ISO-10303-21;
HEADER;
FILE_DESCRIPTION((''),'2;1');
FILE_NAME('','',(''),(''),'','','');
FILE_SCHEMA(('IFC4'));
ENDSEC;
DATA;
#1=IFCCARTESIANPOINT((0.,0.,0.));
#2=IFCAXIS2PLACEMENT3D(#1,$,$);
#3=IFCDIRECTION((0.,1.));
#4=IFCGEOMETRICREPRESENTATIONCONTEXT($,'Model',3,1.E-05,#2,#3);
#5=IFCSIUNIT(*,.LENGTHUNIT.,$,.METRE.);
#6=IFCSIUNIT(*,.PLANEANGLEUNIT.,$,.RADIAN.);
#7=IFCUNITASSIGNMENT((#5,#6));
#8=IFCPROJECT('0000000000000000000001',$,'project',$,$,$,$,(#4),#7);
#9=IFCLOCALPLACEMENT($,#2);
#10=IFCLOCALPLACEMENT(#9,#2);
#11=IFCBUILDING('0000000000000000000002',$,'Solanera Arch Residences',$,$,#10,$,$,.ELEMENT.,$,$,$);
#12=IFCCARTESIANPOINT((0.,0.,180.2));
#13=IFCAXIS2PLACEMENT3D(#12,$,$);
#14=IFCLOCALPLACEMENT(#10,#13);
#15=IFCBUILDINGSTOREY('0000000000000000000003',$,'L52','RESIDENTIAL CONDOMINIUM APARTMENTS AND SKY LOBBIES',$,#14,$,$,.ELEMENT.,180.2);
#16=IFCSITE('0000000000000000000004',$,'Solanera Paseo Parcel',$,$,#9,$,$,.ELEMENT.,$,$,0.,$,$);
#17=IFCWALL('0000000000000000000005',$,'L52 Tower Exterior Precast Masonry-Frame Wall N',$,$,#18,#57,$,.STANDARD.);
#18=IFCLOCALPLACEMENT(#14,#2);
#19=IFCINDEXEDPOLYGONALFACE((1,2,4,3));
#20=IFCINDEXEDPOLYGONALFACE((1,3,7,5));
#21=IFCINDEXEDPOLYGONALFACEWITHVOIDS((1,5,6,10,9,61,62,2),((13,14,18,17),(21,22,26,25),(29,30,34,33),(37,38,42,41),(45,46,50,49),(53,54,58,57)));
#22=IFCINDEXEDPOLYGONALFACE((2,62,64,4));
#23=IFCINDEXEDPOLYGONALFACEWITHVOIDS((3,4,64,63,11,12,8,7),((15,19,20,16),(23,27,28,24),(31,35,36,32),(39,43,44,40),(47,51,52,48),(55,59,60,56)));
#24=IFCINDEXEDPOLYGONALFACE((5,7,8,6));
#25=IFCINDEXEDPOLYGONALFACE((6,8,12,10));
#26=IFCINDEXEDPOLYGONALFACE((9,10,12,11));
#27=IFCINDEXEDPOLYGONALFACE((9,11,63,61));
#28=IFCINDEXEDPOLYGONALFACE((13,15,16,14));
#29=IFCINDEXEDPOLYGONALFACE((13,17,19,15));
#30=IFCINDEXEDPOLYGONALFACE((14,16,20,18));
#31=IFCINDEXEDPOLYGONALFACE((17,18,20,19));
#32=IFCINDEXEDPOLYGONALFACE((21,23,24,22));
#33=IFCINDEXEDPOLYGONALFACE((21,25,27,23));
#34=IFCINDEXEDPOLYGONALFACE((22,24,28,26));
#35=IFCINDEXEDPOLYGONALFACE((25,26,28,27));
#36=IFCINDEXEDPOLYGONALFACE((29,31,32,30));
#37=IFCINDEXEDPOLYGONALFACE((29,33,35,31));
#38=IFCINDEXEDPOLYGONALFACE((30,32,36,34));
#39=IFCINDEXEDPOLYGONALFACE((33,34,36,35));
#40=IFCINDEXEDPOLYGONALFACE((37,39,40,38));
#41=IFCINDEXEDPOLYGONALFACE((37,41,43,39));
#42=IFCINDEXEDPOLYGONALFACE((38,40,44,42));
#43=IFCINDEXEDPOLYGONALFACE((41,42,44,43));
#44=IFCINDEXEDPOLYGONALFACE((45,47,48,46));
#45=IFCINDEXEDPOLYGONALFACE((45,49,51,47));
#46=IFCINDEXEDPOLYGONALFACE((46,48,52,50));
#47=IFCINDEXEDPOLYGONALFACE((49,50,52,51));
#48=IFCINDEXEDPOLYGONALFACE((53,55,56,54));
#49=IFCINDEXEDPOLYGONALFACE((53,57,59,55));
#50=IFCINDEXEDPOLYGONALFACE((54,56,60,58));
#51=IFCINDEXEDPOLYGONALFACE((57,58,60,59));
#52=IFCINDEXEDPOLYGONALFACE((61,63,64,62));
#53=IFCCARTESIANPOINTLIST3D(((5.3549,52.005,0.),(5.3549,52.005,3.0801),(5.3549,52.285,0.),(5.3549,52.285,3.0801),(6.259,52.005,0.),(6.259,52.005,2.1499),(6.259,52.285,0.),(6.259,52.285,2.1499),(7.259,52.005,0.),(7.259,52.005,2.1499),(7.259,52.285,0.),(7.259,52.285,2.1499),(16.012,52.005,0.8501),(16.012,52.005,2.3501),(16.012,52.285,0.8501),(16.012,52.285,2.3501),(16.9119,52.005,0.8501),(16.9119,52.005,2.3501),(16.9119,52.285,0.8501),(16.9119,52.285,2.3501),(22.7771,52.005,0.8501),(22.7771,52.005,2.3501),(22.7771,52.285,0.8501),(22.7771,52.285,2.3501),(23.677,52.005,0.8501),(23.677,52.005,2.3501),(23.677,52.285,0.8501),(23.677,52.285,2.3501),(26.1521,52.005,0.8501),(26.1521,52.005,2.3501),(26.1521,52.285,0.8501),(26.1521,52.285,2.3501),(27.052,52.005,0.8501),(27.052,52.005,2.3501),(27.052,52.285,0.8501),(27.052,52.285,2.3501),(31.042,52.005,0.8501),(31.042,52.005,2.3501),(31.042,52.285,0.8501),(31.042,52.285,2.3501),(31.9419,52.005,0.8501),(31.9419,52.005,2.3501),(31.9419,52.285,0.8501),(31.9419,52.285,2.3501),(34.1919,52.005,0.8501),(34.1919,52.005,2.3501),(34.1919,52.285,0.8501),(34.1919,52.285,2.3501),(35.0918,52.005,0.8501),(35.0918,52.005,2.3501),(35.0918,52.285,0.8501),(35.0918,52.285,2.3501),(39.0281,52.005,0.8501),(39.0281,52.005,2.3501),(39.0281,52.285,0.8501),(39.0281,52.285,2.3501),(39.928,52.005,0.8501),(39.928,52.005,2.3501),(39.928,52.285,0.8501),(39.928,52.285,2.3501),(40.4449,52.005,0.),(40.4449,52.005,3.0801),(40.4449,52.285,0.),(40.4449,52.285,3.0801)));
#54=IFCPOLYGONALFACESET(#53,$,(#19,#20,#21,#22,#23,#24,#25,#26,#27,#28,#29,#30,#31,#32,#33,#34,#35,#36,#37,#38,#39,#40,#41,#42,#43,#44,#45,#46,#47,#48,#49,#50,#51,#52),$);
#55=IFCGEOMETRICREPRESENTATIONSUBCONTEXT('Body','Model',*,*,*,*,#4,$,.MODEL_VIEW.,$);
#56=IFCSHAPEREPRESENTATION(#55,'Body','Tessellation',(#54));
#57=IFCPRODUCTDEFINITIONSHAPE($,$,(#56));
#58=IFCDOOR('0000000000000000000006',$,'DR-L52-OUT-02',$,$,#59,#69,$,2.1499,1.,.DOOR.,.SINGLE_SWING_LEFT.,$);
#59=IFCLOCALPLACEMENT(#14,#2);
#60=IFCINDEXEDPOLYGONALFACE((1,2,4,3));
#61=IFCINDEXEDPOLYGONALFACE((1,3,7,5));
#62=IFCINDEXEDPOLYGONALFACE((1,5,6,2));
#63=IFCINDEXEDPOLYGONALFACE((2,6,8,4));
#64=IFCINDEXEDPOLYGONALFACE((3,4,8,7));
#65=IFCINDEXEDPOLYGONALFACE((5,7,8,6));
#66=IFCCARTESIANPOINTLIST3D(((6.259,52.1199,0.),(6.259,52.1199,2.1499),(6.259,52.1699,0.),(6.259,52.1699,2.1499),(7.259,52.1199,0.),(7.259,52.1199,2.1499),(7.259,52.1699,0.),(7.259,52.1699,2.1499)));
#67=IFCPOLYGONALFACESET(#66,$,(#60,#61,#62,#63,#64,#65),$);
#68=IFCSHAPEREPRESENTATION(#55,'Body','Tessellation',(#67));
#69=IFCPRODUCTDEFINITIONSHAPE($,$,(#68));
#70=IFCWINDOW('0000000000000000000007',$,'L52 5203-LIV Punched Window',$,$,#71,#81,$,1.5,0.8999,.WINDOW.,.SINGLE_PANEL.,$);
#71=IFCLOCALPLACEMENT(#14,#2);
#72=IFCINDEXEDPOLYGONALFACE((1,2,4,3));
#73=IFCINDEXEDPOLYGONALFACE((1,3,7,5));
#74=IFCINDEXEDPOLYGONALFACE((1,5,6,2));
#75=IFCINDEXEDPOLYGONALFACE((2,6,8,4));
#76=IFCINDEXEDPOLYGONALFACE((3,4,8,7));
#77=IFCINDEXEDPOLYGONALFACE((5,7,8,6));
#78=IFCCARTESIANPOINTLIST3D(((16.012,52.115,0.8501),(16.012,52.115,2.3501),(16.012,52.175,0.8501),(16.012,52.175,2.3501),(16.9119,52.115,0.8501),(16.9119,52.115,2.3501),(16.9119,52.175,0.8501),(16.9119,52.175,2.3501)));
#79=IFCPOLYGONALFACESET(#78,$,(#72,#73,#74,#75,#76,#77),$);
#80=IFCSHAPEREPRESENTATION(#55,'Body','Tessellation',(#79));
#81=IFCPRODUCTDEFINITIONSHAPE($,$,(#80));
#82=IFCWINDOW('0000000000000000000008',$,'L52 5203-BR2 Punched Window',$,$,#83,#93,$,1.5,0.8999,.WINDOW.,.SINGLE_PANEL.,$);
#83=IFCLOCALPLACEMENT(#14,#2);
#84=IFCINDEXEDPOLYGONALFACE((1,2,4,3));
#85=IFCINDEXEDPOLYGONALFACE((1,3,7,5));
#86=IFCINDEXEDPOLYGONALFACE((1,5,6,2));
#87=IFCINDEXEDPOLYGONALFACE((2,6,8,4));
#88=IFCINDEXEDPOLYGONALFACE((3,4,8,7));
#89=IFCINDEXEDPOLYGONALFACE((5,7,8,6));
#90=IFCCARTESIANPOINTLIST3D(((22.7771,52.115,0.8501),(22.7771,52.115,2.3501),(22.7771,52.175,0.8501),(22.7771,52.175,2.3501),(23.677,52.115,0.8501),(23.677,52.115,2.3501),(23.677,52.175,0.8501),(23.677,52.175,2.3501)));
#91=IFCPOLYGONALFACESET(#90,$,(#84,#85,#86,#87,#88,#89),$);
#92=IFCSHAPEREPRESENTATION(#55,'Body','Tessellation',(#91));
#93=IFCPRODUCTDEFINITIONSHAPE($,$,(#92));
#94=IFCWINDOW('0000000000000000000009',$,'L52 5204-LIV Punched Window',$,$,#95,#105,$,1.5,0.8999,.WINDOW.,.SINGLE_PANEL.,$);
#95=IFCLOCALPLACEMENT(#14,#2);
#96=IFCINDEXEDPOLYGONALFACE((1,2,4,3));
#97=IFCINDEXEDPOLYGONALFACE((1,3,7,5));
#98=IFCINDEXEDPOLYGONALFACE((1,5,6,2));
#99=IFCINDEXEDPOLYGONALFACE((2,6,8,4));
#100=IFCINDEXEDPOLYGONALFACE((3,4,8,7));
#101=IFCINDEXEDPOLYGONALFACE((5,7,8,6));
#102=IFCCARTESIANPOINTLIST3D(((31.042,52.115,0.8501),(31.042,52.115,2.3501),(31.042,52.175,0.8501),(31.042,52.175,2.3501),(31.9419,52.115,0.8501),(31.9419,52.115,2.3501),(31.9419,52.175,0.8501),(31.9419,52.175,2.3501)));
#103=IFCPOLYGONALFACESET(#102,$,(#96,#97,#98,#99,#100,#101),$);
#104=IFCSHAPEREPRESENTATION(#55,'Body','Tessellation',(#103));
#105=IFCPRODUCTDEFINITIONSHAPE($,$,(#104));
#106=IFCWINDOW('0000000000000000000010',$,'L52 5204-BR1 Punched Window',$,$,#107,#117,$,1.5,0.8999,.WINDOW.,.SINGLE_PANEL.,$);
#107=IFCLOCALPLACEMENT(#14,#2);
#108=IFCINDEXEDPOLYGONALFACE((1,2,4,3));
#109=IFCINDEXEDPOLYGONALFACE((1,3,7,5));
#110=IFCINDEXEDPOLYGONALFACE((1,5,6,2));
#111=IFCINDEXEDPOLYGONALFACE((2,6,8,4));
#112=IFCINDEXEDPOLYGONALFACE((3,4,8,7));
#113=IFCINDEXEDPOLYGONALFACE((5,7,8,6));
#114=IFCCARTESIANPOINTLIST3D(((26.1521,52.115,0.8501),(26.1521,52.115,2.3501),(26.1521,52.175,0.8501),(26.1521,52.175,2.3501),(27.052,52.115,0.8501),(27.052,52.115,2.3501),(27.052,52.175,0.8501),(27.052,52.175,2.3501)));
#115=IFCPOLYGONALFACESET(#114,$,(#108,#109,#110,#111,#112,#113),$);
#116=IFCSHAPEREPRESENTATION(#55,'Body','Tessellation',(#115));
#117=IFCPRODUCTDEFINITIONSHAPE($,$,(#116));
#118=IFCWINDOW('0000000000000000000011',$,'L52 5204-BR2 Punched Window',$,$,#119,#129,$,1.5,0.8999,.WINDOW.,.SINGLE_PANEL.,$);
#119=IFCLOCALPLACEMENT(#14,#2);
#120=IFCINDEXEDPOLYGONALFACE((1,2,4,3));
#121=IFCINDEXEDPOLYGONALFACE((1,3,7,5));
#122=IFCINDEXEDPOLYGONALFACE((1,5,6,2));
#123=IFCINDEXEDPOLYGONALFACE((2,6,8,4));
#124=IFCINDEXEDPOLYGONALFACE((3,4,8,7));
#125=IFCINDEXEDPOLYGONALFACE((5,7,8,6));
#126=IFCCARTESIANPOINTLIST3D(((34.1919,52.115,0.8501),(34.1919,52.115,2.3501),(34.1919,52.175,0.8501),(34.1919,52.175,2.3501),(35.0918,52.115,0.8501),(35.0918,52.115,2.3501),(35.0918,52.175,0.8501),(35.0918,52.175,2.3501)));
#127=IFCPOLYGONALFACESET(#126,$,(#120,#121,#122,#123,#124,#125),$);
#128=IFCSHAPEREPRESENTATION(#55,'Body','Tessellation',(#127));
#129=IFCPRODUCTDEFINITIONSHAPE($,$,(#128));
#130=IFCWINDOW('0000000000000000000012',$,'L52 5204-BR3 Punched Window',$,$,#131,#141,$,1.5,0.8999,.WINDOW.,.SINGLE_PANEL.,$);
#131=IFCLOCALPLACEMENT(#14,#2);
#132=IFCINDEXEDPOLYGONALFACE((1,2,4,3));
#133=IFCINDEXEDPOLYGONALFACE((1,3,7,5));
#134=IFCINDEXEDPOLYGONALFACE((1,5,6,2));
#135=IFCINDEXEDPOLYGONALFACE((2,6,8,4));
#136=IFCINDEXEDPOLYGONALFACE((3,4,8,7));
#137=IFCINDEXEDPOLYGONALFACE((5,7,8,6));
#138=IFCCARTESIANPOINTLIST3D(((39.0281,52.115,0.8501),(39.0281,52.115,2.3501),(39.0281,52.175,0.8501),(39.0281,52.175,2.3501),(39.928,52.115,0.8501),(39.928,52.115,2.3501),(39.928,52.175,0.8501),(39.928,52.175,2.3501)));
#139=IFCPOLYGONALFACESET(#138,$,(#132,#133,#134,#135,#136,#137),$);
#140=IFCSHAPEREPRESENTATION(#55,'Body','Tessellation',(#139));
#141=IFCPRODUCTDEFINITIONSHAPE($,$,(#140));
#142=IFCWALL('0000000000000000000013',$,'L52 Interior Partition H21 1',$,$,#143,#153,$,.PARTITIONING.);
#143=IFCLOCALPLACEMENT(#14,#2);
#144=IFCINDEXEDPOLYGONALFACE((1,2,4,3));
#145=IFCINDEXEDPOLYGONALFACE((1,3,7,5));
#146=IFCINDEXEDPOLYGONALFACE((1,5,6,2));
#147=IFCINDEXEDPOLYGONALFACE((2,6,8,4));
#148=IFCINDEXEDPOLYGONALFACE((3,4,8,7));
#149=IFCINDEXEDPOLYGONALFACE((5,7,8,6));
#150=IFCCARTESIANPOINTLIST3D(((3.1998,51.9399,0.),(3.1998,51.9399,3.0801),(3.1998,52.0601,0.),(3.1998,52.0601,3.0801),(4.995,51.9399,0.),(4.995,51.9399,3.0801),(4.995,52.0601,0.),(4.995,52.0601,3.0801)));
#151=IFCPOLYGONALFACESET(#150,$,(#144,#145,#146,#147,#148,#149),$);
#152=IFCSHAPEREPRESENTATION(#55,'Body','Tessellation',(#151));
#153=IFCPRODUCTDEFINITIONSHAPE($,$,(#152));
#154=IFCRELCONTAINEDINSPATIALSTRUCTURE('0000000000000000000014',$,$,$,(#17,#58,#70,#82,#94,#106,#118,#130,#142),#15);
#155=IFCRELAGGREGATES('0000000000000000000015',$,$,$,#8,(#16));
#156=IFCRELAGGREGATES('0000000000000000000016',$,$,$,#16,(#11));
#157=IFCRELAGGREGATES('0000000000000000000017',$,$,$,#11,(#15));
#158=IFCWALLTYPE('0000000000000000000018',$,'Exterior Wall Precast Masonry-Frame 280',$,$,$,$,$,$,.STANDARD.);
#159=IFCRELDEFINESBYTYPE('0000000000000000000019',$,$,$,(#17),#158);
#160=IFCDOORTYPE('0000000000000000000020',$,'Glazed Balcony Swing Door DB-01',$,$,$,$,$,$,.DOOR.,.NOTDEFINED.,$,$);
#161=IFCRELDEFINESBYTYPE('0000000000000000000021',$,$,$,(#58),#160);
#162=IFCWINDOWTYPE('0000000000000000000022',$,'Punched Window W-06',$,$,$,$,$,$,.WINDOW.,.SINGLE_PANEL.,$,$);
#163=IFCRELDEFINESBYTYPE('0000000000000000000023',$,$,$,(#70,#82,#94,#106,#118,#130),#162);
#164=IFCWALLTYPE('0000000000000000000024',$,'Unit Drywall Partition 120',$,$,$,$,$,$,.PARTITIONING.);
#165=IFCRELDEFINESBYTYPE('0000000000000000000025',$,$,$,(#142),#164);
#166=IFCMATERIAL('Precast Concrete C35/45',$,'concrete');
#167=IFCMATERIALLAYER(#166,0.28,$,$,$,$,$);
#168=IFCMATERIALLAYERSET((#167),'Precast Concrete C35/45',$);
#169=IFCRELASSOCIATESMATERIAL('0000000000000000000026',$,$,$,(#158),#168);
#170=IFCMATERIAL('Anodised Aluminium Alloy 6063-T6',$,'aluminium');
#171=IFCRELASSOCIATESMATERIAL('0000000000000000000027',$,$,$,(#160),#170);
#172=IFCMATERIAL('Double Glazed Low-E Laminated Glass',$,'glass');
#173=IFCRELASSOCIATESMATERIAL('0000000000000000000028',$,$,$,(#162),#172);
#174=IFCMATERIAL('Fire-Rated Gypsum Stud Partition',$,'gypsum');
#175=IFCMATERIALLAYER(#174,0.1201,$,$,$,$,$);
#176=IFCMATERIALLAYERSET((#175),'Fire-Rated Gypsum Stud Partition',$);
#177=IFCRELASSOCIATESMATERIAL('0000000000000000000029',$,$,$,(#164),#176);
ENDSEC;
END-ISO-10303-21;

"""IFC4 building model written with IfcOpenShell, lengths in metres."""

from ifc_helpers import new_model, si_unit, direction, frame, frame_2d, origin, place, context, subcontext, project, spatial, rectangle, extrude, material, layer, layer_set, type_object, element, fill, save


model = new_model("IFC4")

# Units and contexts
model_context = context("Model", 3, precision=1e-05, world=origin(), true_north=direction((0.0, 1.0)))
body_context = subcontext(model_context, "Body", "Model", "MODEL_VIEW")
ifc_project = project(units=[si_unit("LENGTHUNIT", "METRE"), si_unit("PLANEANGLEUNIT", "RADIAN")], contexts=[model_context])

# Site, building, storey
site_placement = place(None, origin())
site = spatial("IfcSite", under=ifc_project, at=site_placement, Name="Solanera Paseo Parcel", CompositionType="ELEMENT", RefElevation=0.0)
building_placement = place(site_placement, origin())
building = spatial("IfcBuilding", under=site, at=building_placement, Name="Solanera Arch Residences", CompositionType="ELEMENT")
storey_placement = place(building_placement, frame((0.0, 0.0, 180.2)))
storey = spatial("IfcBuildingStorey", under=building, at=storey_placement, Name="L52", Description="RESIDENTIAL CONDOMINIUM APARTMENTS AND SKY LOBBIES", CompositionType="ELEMENT", Elevation=180.2)

# Shared definitions
ifc_material_1 = material(Name="Precast Concrete C35/45", Category="concrete")
ifc_layer_1 = layer(ifc_material_1, 0.28)
ifc_layer_set_1 = layer_set([ifc_layer_1], Name="Precast Concrete C35/45")
wall_type_1 = type_object("IfcWallType", Name="Exterior Wall Precast Masonry-Frame 280", PredefinedType="STANDARD", material=ifc_layer_set_1)

# Wall, openings, door, windows
wall_1_placement = place(storey_placement, frame((5.355, 52.145, 0.0), z_axis=(0.0, 0.0, 1.0), x_axis=(1.0, 0.0, 0.0)))
wall_1 = element("IfcWall", 1, at=wall_1_placement, inside=storey, type_object=wall_type_1, Name="L52 Tower Exterior Precast Masonry-Frame Wall N", PredefinedType="STANDARD", context=body_context, shape_type="SweptSolid", body=[
    extrude(rectangle(XDim=35.0901, YDim=0.28, at=frame_2d((17.5449, 0.0))), origin(), (0.0, 0.0, 1.0), 3.0801),
])
opening_1_placement = place(wall_1_placement, frame((0.9041, 0.0, 0.0)))
opening_1 = element("IfcOpeningElement", 2, at=opening_1_placement, cuts=wall_1, PredefinedType="OPENING", context=body_context, shape_type="SweptSolid", body=[
    extrude(rectangle(XDim=1.0, YDim=2.1499, at=frame_2d((0.5, 1.075))), frame((0.0, 0.1499, 0.0), z_axis=(0.0, -1.0, 0.0), x_axis=(1.0, 0.0, 0.0)), (0.0, 0.0, 1.0), 0.3),
])
opening_2_placement = place(wall_1_placement, frame((10.657, 0.0, 0.8501)))
opening_2 = element("IfcOpeningElement", 3, at=opening_2_placement, cuts=wall_1, PredefinedType="OPENING", context=body_context, shape_type="SweptSolid", body=[
    extrude(rectangle(XDim=0.8999, YDim=1.5, at=frame_2d((0.45, 0.75))), frame((0.0, 0.1499, 0.0), z_axis=(0.0, -1.0, 0.0), x_axis=(1.0, 0.0, 0.0)), (0.0, 0.0, 1.0), 0.3),
])
opening_3_placement = place(wall_1_placement, frame((17.4221, 0.0, 0.8501)))
opening_3 = element("IfcOpeningElement", 4, at=opening_3_placement, cuts=wall_1, PredefinedType="OPENING", context=body_context, shape_type="SweptSolid", body=[
    extrude(rectangle(XDim=0.8999, YDim=1.5, at=frame_2d((0.45, 0.75))), frame((0.0, 0.1499, 0.0), z_axis=(0.0, -1.0, 0.0), x_axis=(1.0, 0.0, 0.0)), (0.0, 0.0, 1.0), 0.3),
])
opening_4_placement = place(wall_1_placement, frame((25.687, 0.0, 0.8501)))
opening_4 = element("IfcOpeningElement", 5, at=opening_4_placement, cuts=wall_1, PredefinedType="OPENING", context=body_context, shape_type="SweptSolid", body=[
    extrude(rectangle(XDim=0.8999, YDim=1.5, at=frame_2d((0.45, 0.75))), frame((0.0, 0.1499, 0.0), z_axis=(0.0, -1.0, 0.0), x_axis=(1.0, 0.0, 0.0)), (0.0, 0.0, 1.0), 0.3),
])
opening_5_placement = place(wall_1_placement, frame((20.7971, 0.0, 0.8501)))
opening_5 = element("IfcOpeningElement", 6, at=opening_5_placement, cuts=wall_1, PredefinedType="OPENING", context=body_context, shape_type="SweptSolid", body=[
    extrude(rectangle(XDim=0.8999, YDim=1.5, at=frame_2d((0.45, 0.75))), frame((0.0, 0.1499, 0.0), z_axis=(0.0, -1.0, 0.0), x_axis=(1.0, 0.0, 0.0)), (0.0, 0.0, 1.0), 0.3),
])
opening_6_placement = place(wall_1_placement, frame((28.8369, 0.0, 0.8501)))
opening_6 = element("IfcOpeningElement", 7, at=opening_6_placement, cuts=wall_1, PredefinedType="OPENING", context=body_context, shape_type="SweptSolid", body=[
    extrude(rectangle(XDim=0.8999, YDim=1.5, at=frame_2d((0.45, 0.75))), frame((0.0, 0.1499, 0.0), z_axis=(0.0, -1.0, 0.0), x_axis=(1.0, 0.0, 0.0)), (0.0, 0.0, 1.0), 0.3),
])
opening_7_placement = place(wall_1_placement, frame((33.6731, 0.0, 0.8501)))
opening_7 = element("IfcOpeningElement", 8, at=opening_7_placement, cuts=wall_1, PredefinedType="OPENING", context=body_context, shape_type="SweptSolid", body=[
    extrude(rectangle(XDim=0.8999, YDim=1.5, at=frame_2d((0.45, 0.75))), frame((0.0, 0.1499, 0.0), z_axis=(0.0, -1.0, 0.0), x_axis=(1.0, 0.0, 0.0)), (0.0, 0.0, 1.0), 0.3),
])
ifc_material_2 = material(Name="Anodised Aluminium Alloy 6063-T6", Category="aluminium")
door_type_1 = type_object("IfcDoorType", Name="Glazed Balcony Swing Door DB-01", OperationType="NOTDEFINED", PredefinedType="DOOR", material=ifc_material_2)
door_1_placement = place(opening_1_placement, origin())
door_1 = element("IfcDoor", 9, at=door_1_placement, inside=storey, type_object=door_type_1, Name="DR-L52-OUT-02", OperationType="SINGLE_SWING_LEFT", OverallHeight=2.1499, OverallWidth=1.0, PredefinedType="DOOR", context=body_context, shape_type="SweptSolid", body=[
    extrude(rectangle(XDim=1.0, YDim=2.1499, at=frame_2d((0.5, 1.075))), frame((0.0, 0.0249, 0.0), z_axis=(0.0, -1.0, 0.0), x_axis=(1.0, 0.0, 0.0)), (0.0, 0.0, 1.0), 0.05),
])
fill(opening_1, door_1)
ifc_material_3 = material(Name="Double Glazed Low-E Laminated Glass", Category="glass")
window_type = type_object("IfcWindowType", Name="Punched Window W-06", PartitioningType="SINGLE_PANEL", PredefinedType="WINDOW", material=ifc_material_3)
window_1_placement = place(opening_2_placement, origin())
window_1 = element("IfcWindow", 10, at=window_1_placement, inside=storey, type_object=window_type, Name="L52 5203-LIV Punched Window", OverallHeight=1.5, OverallWidth=0.8999, PartitioningType="SINGLE_PANEL", PredefinedType="WINDOW", context=body_context, shape_type="SweptSolid", body=[
    extrude(rectangle(XDim=0.8999, YDim=1.5, at=frame_2d((0.45, 0.75))), frame((0.0, 0.03, 0.0), z_axis=(0.0, -1.0, 0.0), x_axis=(1.0, 0.0, 0.0)), (0.0, 0.0, 1.0), 0.0601),
])
fill(opening_2, window_1)
window_2_placement = place(opening_3_placement, origin())
window_2 = element("IfcWindow", 11, at=window_2_placement, inside=storey, type_object=window_type, Name="L52 5203-BR2 Punched Window", OverallHeight=1.5, OverallWidth=0.8999, PartitioningType="SINGLE_PANEL", PredefinedType="WINDOW", context=body_context, shape_type="SweptSolid", body=[
    extrude(rectangle(XDim=0.8999, YDim=1.5, at=frame_2d((0.45, 0.75))), frame((0.0, 0.03, 0.0), z_axis=(0.0, -1.0, 0.0), x_axis=(1.0, 0.0, 0.0)), (0.0, 0.0, 1.0), 0.0601),
])
fill(opening_3, window_2)
window_3_placement = place(opening_4_placement, origin())
window_3 = element("IfcWindow", 12, at=window_3_placement, inside=storey, type_object=window_type, Name="L52 5204-LIV Punched Window", OverallHeight=1.5, OverallWidth=0.8999, PartitioningType="SINGLE_PANEL", PredefinedType="WINDOW", context=body_context, shape_type="SweptSolid", body=[
    extrude(rectangle(XDim=0.8999, YDim=1.5, at=frame_2d((0.45, 0.75))), frame((0.0, 0.03, 0.0), z_axis=(0.0, -1.0, 0.0), x_axis=(1.0, 0.0, 0.0)), (0.0, 0.0, 1.0), 0.0601),
])
fill(opening_4, window_3)
window_4_placement = place(opening_5_placement, origin())
window_4 = element("IfcWindow", 13, at=window_4_placement, inside=storey, type_object=window_type, Name="L52 5204-BR1 Punched Window", OverallHeight=1.5, OverallWidth=0.8999, PartitioningType="SINGLE_PANEL", PredefinedType="WINDOW", context=body_context, shape_type="SweptSolid", body=[
    extrude(rectangle(XDim=0.8999, YDim=1.5, at=frame_2d((0.45, 0.75))), frame((0.0, 0.03, 0.0), z_axis=(0.0, -1.0, 0.0), x_axis=(1.0, 0.0, 0.0)), (0.0, 0.0, 1.0), 0.0601),
])
fill(opening_5, window_4)
window_5_placement = place(opening_6_placement, origin())
window_5 = element("IfcWindow", 14, at=window_5_placement, inside=storey, type_object=window_type, Name="L52 5204-BR2 Punched Window", OverallHeight=1.5, OverallWidth=0.8999, PartitioningType="SINGLE_PANEL", PredefinedType="WINDOW", context=body_context, shape_type="SweptSolid", body=[
    extrude(rectangle(XDim=0.8999, YDim=1.5, at=frame_2d((0.45, 0.75))), frame((0.0, 0.03, 0.0), z_axis=(0.0, -1.0, 0.0), x_axis=(1.0, 0.0, 0.0)), (0.0, 0.0, 1.0), 0.0601),
])
fill(opening_6, window_5)
window_6_placement = place(opening_7_placement, origin())
window_6 = element("IfcWindow", 15, at=window_6_placement, inside=storey, type_object=window_type, Name="L52 5204-BR3 Punched Window", OverallHeight=1.5, OverallWidth=0.8999, PartitioningType="SINGLE_PANEL", PredefinedType="WINDOW", context=body_context, shape_type="SweptSolid", body=[
    extrude(rectangle(XDim=0.8999, YDim=1.5, at=frame_2d((0.45, 0.75))), frame((0.0, 0.03, 0.0), z_axis=(0.0, -1.0, 0.0), x_axis=(1.0, 0.0, 0.0)), (0.0, 0.0, 1.0), 0.0601),
])
fill(opening_7, window_6)

# Wall
ifc_material_4 = material(Name="Fire-Rated Gypsum Stud Partition", Category="gypsum")
ifc_layer_2 = layer(ifc_material_4, 0.1201)
ifc_layer_set_2 = layer_set([ifc_layer_2], Name="Fire-Rated Gypsum Stud Partition")
wall_type_2 = type_object("IfcWallType", Name="Unit Drywall Partition 120", PredefinedType="PARTITIONING", material=ifc_layer_set_2)
wall_2_placement = place(storey_placement, frame((3.2, 52.0, 0.0), z_axis=(0.0, 0.0, 1.0), x_axis=(1.0, 0.0, 0.0)))
element("IfcWall", 16, at=wall_2_placement, inside=storey, type_object=wall_type_2, Name="L52 Interior Partition H21 1", PredefinedType="PARTITIONING", context=body_context, shape_type="SweptSolid", body=[
    extrude(rectangle(XDim=1.7952, YDim=0.1201, at=frame_2d((0.8975, 0.0))), origin(), (0.0, 0.0, 1.0), 3.0801),
])

save(model, "model.ifc")
